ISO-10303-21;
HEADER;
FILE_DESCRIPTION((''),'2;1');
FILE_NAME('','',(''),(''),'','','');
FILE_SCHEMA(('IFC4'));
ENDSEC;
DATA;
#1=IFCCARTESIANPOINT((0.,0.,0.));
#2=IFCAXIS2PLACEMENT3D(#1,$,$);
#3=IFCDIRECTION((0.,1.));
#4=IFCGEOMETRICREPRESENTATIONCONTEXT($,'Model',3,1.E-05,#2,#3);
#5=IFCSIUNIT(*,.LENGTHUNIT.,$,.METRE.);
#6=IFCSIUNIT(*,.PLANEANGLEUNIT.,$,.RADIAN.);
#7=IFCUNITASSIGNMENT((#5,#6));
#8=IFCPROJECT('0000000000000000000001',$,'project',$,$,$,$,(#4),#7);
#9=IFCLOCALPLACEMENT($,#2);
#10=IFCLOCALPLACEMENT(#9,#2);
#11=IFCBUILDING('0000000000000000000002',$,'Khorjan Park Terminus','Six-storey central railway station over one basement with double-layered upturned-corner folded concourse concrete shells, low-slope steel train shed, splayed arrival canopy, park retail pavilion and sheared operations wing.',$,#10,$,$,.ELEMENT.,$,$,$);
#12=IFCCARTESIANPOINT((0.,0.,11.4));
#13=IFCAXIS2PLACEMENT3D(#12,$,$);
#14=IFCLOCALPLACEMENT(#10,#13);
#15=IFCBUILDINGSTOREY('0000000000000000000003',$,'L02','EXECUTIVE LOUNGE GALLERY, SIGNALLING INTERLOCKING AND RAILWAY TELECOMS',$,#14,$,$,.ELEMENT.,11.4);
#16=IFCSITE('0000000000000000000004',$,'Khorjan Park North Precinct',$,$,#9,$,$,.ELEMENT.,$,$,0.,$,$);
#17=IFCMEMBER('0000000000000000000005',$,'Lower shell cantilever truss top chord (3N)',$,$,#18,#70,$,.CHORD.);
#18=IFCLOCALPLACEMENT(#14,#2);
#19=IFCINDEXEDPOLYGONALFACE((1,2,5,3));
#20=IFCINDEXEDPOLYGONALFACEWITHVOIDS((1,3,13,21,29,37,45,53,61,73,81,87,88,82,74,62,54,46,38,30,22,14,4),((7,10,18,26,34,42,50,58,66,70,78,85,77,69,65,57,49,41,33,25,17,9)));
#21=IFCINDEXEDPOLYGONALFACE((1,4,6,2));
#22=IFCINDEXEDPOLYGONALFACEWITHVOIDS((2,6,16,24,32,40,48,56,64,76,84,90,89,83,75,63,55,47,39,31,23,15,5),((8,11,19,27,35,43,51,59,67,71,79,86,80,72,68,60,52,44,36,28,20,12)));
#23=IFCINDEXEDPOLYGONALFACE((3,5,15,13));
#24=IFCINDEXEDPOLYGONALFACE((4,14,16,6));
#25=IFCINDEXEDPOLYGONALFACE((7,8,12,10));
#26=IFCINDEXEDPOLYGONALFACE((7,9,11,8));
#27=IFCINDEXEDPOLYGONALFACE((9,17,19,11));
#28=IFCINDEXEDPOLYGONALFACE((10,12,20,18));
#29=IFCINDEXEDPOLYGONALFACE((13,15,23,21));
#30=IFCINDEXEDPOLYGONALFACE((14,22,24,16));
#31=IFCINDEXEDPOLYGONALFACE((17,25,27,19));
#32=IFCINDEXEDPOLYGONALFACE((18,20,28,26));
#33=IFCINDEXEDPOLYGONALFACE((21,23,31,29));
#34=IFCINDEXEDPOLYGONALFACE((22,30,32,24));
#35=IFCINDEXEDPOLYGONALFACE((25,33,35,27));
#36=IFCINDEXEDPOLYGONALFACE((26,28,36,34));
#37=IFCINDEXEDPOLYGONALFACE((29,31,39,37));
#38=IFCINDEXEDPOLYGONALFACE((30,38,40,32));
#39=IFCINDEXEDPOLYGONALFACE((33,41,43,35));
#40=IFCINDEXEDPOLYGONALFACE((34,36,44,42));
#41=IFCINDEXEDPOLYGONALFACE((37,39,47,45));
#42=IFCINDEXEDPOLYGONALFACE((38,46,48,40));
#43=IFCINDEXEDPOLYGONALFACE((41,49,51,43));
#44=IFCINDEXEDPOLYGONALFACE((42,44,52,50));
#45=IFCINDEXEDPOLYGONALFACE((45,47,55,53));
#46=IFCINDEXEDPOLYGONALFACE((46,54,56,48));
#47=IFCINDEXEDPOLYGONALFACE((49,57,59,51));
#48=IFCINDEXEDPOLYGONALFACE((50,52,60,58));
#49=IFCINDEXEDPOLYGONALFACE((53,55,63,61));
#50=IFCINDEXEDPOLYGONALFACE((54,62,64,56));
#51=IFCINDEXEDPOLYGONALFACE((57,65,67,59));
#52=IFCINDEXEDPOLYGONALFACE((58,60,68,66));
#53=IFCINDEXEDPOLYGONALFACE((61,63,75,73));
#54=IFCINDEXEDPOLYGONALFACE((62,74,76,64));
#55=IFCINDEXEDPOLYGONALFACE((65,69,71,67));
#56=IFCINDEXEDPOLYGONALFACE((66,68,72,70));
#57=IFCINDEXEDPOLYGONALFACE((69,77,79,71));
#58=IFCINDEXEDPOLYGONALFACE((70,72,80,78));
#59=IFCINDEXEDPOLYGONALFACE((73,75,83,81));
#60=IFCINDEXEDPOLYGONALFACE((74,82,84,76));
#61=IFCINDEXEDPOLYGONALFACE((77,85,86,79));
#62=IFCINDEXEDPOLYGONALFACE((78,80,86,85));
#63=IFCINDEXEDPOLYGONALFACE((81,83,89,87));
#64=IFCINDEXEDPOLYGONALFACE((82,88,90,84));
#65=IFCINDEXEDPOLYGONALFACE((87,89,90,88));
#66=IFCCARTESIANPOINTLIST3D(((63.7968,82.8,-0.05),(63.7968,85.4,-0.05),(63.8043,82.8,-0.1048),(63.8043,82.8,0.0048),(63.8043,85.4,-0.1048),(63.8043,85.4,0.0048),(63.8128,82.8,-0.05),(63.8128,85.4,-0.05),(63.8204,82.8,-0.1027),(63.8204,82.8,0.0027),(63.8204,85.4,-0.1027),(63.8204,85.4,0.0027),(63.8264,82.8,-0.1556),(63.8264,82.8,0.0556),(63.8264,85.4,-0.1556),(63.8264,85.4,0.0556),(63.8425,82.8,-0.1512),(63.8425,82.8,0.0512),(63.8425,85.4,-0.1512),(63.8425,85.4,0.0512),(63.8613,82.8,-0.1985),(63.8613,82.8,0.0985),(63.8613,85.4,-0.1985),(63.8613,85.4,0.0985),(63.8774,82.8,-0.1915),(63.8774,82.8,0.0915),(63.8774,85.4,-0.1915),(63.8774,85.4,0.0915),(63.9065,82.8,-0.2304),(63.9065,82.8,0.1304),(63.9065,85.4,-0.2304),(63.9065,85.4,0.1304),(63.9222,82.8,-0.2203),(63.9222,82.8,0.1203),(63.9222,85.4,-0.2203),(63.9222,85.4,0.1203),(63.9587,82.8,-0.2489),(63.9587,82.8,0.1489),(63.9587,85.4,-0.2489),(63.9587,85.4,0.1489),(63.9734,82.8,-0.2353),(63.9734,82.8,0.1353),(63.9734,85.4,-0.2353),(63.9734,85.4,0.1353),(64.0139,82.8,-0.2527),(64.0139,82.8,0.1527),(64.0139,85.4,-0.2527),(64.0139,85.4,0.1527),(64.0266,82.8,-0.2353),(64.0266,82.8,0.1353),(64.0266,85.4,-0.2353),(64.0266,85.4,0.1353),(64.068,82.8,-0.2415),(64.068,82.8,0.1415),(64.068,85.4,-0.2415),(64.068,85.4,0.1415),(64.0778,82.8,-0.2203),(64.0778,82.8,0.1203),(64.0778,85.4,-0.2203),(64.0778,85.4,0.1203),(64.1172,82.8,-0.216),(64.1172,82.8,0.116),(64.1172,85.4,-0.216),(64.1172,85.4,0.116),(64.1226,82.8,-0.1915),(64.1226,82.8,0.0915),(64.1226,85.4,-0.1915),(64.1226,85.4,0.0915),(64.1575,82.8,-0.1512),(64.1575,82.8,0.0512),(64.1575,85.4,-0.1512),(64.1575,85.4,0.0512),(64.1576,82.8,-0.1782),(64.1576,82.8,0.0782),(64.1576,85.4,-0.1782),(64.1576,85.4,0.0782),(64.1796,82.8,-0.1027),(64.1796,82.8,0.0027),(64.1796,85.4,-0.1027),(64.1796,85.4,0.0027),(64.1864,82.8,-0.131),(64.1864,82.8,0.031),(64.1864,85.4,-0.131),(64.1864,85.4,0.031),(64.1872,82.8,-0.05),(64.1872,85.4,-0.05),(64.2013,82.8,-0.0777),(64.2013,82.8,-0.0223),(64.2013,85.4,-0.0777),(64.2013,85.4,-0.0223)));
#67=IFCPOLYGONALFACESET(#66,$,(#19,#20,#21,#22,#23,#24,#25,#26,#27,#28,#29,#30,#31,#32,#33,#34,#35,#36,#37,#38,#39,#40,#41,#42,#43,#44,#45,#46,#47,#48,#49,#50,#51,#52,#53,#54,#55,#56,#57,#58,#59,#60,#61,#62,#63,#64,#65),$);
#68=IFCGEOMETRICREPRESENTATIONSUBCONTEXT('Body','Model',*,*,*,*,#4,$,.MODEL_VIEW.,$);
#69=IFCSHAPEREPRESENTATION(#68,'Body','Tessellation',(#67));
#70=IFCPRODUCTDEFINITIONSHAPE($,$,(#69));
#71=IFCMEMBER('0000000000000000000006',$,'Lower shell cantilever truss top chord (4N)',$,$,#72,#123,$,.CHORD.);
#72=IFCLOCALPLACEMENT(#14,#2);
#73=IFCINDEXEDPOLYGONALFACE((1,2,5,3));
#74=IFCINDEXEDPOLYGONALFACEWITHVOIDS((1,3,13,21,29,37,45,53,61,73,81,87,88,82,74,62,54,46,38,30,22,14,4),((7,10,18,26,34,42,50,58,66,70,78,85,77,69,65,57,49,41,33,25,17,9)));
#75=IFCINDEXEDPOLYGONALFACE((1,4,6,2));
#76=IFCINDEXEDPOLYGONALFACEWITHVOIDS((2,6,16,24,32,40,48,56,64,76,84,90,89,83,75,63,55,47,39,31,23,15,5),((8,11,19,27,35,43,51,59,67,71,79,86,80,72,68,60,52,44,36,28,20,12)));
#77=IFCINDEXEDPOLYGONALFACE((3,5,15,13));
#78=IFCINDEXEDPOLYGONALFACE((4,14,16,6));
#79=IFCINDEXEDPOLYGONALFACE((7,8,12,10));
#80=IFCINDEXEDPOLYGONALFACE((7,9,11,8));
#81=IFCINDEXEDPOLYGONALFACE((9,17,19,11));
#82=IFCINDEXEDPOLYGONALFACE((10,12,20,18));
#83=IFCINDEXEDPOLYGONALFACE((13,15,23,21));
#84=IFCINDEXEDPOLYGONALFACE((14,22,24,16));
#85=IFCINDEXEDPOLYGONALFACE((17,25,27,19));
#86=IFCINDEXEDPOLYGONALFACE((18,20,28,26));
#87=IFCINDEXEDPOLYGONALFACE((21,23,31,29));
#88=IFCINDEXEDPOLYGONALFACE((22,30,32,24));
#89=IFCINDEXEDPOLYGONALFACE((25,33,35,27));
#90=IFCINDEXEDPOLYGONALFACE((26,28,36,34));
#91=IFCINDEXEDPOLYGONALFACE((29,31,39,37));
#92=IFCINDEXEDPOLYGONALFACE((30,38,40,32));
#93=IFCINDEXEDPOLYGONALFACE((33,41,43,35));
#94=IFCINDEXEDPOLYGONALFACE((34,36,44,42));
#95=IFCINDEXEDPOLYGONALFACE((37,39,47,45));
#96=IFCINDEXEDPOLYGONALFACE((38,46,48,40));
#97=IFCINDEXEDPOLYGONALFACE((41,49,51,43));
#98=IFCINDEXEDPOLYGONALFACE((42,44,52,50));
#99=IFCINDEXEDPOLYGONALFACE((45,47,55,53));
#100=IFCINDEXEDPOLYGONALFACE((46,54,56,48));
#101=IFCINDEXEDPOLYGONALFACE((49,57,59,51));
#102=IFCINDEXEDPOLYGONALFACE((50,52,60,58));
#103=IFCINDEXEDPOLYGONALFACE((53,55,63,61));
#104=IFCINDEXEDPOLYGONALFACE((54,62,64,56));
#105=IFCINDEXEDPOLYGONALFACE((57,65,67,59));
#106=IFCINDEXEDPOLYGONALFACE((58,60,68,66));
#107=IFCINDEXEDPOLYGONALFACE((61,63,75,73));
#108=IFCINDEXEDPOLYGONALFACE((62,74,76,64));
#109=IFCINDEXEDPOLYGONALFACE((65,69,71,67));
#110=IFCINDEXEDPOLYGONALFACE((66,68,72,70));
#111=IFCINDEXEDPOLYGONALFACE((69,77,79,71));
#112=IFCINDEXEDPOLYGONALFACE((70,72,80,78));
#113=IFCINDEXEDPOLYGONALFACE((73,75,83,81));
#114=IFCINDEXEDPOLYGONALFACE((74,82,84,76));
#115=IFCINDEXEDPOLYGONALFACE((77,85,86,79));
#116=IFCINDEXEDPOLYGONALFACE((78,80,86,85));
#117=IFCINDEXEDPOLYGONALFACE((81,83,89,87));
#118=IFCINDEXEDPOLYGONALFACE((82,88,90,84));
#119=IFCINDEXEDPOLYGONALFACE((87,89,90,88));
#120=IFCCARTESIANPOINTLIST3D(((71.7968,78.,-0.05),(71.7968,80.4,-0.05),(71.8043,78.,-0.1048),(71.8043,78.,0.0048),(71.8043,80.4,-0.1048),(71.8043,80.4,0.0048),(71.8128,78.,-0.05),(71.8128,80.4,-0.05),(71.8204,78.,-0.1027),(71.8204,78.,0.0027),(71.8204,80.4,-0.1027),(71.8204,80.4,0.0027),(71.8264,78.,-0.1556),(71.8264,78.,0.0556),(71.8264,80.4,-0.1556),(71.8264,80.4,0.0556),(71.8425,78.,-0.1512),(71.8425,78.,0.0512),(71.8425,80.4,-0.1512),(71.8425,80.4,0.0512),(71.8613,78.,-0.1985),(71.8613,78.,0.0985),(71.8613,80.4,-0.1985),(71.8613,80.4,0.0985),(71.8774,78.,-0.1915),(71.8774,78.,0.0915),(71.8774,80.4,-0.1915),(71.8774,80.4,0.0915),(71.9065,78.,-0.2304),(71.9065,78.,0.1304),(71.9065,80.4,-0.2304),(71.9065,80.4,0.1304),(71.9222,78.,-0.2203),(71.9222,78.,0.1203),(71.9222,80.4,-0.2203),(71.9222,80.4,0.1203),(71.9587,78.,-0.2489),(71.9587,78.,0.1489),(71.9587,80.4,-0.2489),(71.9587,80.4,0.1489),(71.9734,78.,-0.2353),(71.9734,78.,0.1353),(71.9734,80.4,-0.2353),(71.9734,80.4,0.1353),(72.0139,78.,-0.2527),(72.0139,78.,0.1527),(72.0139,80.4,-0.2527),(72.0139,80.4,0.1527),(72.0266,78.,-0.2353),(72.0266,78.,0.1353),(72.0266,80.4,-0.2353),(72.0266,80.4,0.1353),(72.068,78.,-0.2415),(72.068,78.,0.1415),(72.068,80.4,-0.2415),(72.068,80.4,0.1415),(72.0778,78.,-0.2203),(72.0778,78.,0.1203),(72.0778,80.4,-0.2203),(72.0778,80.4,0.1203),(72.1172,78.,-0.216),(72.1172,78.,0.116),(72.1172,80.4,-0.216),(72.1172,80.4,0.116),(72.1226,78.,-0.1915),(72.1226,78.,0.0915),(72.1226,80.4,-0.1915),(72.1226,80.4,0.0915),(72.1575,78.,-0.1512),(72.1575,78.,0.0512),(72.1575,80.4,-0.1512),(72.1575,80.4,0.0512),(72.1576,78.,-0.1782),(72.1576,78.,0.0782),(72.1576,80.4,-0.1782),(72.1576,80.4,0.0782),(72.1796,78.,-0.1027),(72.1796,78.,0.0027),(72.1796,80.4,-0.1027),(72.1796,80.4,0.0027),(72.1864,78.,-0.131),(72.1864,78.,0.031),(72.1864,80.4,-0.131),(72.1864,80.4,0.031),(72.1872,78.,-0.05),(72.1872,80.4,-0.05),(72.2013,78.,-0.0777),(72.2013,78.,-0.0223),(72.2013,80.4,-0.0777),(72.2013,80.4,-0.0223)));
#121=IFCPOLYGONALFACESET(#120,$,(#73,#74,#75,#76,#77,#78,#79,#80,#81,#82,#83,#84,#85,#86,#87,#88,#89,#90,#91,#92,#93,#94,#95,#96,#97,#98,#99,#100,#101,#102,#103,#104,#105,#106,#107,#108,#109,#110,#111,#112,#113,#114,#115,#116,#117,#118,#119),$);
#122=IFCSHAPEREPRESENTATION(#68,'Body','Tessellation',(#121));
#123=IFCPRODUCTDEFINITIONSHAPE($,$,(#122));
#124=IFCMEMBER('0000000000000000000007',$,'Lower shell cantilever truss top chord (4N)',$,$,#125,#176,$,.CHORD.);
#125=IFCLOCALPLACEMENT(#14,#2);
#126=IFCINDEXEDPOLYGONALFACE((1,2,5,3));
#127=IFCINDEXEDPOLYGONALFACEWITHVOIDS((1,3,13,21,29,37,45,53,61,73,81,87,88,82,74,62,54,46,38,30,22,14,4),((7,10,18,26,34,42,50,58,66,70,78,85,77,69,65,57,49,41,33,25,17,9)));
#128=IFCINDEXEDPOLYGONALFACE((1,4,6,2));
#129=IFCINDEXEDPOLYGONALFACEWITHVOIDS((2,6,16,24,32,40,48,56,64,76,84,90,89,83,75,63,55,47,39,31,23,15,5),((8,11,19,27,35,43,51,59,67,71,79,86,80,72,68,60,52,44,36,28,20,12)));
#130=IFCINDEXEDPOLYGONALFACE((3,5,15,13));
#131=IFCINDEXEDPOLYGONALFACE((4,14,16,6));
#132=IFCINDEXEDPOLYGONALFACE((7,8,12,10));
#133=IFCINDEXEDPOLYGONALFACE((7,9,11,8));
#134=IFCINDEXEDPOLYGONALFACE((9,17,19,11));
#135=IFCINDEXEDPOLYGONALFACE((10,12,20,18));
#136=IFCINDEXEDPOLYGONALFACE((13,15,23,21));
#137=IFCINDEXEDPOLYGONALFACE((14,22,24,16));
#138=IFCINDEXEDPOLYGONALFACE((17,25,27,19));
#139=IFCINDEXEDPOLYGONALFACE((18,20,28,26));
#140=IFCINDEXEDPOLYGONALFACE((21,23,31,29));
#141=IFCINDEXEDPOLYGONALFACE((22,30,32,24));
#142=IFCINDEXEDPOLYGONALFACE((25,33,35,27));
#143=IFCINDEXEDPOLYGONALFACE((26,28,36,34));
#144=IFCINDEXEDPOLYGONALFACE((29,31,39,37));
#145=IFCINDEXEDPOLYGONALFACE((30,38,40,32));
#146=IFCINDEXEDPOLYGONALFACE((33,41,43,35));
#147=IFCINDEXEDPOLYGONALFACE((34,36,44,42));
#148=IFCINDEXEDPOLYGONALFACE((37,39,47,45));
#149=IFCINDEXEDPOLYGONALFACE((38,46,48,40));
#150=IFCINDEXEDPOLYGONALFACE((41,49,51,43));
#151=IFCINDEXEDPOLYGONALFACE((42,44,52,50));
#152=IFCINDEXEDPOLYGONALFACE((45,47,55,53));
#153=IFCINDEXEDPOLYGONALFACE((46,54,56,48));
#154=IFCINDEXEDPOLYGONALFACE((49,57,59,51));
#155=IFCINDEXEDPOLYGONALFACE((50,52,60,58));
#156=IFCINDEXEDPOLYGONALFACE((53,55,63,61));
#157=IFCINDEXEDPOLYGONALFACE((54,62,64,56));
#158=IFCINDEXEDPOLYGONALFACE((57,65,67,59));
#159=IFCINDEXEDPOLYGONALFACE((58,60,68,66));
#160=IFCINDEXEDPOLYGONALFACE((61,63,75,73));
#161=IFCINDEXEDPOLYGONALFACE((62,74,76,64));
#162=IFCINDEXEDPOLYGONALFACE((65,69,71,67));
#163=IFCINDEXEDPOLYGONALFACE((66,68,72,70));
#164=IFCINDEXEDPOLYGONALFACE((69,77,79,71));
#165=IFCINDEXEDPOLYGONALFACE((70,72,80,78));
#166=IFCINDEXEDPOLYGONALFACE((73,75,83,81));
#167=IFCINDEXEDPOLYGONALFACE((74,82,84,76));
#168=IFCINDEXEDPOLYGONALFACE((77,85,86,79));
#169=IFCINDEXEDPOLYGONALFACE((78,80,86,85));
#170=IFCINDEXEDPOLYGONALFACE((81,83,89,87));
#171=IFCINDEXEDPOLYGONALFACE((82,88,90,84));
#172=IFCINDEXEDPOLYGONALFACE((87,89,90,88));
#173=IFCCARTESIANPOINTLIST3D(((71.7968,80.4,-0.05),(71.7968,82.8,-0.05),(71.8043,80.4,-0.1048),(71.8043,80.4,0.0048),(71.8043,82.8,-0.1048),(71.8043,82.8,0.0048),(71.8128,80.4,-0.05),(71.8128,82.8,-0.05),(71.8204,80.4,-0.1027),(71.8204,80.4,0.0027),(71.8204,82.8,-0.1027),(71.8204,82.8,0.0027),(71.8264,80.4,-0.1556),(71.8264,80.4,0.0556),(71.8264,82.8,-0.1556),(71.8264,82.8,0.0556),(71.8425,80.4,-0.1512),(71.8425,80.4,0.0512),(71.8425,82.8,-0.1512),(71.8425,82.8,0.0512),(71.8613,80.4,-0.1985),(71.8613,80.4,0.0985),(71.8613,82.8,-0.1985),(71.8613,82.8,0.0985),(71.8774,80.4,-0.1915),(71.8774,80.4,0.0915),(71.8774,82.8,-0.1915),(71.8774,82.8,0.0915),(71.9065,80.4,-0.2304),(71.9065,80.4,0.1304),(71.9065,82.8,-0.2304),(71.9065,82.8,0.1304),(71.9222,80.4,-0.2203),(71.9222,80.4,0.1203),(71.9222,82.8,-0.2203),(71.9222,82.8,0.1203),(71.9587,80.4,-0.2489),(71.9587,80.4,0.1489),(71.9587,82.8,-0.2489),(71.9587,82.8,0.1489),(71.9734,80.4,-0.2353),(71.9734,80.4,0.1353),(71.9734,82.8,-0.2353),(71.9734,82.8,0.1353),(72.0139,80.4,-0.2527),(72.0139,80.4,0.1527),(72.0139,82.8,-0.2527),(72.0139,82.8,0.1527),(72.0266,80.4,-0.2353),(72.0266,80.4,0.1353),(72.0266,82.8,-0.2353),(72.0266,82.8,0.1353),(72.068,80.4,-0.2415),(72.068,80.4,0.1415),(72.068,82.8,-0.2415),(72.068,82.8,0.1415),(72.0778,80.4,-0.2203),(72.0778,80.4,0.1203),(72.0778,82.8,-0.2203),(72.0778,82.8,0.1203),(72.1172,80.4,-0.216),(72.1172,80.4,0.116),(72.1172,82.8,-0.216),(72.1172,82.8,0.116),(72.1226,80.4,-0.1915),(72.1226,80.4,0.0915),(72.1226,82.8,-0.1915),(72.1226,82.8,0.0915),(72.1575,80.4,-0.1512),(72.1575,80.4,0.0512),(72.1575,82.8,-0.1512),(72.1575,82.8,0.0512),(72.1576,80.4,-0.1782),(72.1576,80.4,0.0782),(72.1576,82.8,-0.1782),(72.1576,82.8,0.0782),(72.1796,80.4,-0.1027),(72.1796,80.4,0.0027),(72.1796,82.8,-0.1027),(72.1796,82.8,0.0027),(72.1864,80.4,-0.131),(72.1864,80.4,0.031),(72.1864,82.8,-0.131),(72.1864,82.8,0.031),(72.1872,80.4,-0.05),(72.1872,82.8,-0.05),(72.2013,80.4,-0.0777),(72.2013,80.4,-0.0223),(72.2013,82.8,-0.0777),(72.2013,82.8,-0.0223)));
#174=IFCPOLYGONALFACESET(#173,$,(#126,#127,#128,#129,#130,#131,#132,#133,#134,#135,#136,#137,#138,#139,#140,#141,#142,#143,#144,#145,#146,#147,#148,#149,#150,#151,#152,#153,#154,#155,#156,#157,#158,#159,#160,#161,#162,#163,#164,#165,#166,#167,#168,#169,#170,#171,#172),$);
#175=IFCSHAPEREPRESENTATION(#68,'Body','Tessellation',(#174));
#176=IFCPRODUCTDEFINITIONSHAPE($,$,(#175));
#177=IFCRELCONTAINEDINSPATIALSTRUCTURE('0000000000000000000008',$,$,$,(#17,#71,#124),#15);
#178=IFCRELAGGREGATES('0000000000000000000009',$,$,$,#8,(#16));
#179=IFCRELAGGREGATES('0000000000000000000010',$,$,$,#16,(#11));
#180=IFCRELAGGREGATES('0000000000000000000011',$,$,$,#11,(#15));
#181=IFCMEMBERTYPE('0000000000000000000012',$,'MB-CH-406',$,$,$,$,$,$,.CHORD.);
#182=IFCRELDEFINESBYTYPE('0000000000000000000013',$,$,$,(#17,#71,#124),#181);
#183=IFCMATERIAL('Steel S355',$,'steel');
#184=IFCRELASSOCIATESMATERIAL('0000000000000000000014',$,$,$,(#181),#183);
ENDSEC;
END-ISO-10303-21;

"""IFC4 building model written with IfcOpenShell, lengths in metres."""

from ifc_helpers import new_model, si_unit, direction, frame, origin, origin_2d, place, context, subcontext, project, spatial, hollow_circle, extrude, material, material_profile, profile_set, type_object, element, save


model = new_model("IFC4")

# Units and contexts
model_context = context("Model", 3, precision=1e-05, world=origin(), true_north=direction((0.0, 1.0)))
body_context = subcontext(model_context, "Body", "Model", "MODEL_VIEW")
ifc_project = project(units=[si_unit("LENGTHUNIT", "METRE"), si_unit("PLANEANGLEUNIT", "RADIAN")], contexts=[model_context])

# Site, building, storey
site_placement = place(None, origin())
site = spatial("IfcSite", under=ifc_project, at=site_placement, Name="Khorjan Park North Precinct", CompositionType="ELEMENT", RefElevation=0.0)
building_placement = place(site_placement, origin())
building = spatial("IfcBuilding", under=site, at=building_placement, Name="Khorjan Park Terminus", Description="Six-storey central railway station over one basement with double-layered upturned-corner folded concourse concrete shells, low-slope steel train shed, splayed arrival canopy, park retail pavilion and sheared operations wing.", CompositionType="ELEMENT")
storey_placement = place(building_placement, frame((0.0, 0.0, 11.4)))
storey = spatial("IfcBuildingStorey", under=building, at=storey_placement, Name="L02", Description="EXECUTIVE LOUNGE GALLERY, SIGNALLING INTERLOCKING AND RAILWAY TELECOMS", CompositionType="ELEMENT", Elevation=11.4)

# Shared definitions
ifc_material_1 = material(Name="Steel S355", Category="steel")

# Members
ifc_material_profile_1 = material_profile(ifc_material_1, hollow_circle(Radius=0.2032, WallThickness=0.016, at=origin_2d()), Name="CHS 406.4x16")
ifc_profile_set_1 = profile_set([ifc_material_profile_1], Name="Steel S355")
member_type_1 = type_object("IfcMemberType", Name="MB-CH-406", PredefinedType="CHORD", material=ifc_profile_set_1)
member_1_placement = place(storey_placement, frame((64.0, 82.8, -0.05), z_axis=(0.0, 1.0, 0.0), x_axis=(-1.0, 0.0, 0.0)))
element("IfcMember", 1, at=member_1_placement, inside=storey, type_object=member_type_1, Name="Lower shell cantilever truss top chord (3N)", PredefinedType="CHORD", context=body_context, shape_type="SweptSolid", body=[
    extrude(hollow_circle(Radius=0.2032, WallThickness=0.016, at=origin_2d()), origin(), (0.0, 0.0, 1.0), 2.6),
])
for number, where, z_axis, x_axis, name in (
    (2, (72.0, 78.0, -0.05), (0.0, 1.0, 0.0), (-1.0, 0.0, 0.0), "Lower shell cantilever truss top chord (4N)"),
    (3, (72.0, 80.4, -0.05), (0.0, 1.0, 0.0), (-1.0, 0.0, 0.0), "Lower shell cantilever truss top chord (4N)"),
):
    element("IfcMember", number, at=place(storey_placement, frame(where, z_axis=z_axis, x_axis=x_axis)), inside=storey, type_object=member_type_1, Name=name, PredefinedType="CHORD", context=body_context, shape_type="SweptSolid", body=[
        extrude(hollow_circle(Radius=0.2032, WallThickness=0.016, at=origin_2d()), origin(), (0.0, 0.0, 1.0), 2.4),
    ])

save(model, "model.ifc")
